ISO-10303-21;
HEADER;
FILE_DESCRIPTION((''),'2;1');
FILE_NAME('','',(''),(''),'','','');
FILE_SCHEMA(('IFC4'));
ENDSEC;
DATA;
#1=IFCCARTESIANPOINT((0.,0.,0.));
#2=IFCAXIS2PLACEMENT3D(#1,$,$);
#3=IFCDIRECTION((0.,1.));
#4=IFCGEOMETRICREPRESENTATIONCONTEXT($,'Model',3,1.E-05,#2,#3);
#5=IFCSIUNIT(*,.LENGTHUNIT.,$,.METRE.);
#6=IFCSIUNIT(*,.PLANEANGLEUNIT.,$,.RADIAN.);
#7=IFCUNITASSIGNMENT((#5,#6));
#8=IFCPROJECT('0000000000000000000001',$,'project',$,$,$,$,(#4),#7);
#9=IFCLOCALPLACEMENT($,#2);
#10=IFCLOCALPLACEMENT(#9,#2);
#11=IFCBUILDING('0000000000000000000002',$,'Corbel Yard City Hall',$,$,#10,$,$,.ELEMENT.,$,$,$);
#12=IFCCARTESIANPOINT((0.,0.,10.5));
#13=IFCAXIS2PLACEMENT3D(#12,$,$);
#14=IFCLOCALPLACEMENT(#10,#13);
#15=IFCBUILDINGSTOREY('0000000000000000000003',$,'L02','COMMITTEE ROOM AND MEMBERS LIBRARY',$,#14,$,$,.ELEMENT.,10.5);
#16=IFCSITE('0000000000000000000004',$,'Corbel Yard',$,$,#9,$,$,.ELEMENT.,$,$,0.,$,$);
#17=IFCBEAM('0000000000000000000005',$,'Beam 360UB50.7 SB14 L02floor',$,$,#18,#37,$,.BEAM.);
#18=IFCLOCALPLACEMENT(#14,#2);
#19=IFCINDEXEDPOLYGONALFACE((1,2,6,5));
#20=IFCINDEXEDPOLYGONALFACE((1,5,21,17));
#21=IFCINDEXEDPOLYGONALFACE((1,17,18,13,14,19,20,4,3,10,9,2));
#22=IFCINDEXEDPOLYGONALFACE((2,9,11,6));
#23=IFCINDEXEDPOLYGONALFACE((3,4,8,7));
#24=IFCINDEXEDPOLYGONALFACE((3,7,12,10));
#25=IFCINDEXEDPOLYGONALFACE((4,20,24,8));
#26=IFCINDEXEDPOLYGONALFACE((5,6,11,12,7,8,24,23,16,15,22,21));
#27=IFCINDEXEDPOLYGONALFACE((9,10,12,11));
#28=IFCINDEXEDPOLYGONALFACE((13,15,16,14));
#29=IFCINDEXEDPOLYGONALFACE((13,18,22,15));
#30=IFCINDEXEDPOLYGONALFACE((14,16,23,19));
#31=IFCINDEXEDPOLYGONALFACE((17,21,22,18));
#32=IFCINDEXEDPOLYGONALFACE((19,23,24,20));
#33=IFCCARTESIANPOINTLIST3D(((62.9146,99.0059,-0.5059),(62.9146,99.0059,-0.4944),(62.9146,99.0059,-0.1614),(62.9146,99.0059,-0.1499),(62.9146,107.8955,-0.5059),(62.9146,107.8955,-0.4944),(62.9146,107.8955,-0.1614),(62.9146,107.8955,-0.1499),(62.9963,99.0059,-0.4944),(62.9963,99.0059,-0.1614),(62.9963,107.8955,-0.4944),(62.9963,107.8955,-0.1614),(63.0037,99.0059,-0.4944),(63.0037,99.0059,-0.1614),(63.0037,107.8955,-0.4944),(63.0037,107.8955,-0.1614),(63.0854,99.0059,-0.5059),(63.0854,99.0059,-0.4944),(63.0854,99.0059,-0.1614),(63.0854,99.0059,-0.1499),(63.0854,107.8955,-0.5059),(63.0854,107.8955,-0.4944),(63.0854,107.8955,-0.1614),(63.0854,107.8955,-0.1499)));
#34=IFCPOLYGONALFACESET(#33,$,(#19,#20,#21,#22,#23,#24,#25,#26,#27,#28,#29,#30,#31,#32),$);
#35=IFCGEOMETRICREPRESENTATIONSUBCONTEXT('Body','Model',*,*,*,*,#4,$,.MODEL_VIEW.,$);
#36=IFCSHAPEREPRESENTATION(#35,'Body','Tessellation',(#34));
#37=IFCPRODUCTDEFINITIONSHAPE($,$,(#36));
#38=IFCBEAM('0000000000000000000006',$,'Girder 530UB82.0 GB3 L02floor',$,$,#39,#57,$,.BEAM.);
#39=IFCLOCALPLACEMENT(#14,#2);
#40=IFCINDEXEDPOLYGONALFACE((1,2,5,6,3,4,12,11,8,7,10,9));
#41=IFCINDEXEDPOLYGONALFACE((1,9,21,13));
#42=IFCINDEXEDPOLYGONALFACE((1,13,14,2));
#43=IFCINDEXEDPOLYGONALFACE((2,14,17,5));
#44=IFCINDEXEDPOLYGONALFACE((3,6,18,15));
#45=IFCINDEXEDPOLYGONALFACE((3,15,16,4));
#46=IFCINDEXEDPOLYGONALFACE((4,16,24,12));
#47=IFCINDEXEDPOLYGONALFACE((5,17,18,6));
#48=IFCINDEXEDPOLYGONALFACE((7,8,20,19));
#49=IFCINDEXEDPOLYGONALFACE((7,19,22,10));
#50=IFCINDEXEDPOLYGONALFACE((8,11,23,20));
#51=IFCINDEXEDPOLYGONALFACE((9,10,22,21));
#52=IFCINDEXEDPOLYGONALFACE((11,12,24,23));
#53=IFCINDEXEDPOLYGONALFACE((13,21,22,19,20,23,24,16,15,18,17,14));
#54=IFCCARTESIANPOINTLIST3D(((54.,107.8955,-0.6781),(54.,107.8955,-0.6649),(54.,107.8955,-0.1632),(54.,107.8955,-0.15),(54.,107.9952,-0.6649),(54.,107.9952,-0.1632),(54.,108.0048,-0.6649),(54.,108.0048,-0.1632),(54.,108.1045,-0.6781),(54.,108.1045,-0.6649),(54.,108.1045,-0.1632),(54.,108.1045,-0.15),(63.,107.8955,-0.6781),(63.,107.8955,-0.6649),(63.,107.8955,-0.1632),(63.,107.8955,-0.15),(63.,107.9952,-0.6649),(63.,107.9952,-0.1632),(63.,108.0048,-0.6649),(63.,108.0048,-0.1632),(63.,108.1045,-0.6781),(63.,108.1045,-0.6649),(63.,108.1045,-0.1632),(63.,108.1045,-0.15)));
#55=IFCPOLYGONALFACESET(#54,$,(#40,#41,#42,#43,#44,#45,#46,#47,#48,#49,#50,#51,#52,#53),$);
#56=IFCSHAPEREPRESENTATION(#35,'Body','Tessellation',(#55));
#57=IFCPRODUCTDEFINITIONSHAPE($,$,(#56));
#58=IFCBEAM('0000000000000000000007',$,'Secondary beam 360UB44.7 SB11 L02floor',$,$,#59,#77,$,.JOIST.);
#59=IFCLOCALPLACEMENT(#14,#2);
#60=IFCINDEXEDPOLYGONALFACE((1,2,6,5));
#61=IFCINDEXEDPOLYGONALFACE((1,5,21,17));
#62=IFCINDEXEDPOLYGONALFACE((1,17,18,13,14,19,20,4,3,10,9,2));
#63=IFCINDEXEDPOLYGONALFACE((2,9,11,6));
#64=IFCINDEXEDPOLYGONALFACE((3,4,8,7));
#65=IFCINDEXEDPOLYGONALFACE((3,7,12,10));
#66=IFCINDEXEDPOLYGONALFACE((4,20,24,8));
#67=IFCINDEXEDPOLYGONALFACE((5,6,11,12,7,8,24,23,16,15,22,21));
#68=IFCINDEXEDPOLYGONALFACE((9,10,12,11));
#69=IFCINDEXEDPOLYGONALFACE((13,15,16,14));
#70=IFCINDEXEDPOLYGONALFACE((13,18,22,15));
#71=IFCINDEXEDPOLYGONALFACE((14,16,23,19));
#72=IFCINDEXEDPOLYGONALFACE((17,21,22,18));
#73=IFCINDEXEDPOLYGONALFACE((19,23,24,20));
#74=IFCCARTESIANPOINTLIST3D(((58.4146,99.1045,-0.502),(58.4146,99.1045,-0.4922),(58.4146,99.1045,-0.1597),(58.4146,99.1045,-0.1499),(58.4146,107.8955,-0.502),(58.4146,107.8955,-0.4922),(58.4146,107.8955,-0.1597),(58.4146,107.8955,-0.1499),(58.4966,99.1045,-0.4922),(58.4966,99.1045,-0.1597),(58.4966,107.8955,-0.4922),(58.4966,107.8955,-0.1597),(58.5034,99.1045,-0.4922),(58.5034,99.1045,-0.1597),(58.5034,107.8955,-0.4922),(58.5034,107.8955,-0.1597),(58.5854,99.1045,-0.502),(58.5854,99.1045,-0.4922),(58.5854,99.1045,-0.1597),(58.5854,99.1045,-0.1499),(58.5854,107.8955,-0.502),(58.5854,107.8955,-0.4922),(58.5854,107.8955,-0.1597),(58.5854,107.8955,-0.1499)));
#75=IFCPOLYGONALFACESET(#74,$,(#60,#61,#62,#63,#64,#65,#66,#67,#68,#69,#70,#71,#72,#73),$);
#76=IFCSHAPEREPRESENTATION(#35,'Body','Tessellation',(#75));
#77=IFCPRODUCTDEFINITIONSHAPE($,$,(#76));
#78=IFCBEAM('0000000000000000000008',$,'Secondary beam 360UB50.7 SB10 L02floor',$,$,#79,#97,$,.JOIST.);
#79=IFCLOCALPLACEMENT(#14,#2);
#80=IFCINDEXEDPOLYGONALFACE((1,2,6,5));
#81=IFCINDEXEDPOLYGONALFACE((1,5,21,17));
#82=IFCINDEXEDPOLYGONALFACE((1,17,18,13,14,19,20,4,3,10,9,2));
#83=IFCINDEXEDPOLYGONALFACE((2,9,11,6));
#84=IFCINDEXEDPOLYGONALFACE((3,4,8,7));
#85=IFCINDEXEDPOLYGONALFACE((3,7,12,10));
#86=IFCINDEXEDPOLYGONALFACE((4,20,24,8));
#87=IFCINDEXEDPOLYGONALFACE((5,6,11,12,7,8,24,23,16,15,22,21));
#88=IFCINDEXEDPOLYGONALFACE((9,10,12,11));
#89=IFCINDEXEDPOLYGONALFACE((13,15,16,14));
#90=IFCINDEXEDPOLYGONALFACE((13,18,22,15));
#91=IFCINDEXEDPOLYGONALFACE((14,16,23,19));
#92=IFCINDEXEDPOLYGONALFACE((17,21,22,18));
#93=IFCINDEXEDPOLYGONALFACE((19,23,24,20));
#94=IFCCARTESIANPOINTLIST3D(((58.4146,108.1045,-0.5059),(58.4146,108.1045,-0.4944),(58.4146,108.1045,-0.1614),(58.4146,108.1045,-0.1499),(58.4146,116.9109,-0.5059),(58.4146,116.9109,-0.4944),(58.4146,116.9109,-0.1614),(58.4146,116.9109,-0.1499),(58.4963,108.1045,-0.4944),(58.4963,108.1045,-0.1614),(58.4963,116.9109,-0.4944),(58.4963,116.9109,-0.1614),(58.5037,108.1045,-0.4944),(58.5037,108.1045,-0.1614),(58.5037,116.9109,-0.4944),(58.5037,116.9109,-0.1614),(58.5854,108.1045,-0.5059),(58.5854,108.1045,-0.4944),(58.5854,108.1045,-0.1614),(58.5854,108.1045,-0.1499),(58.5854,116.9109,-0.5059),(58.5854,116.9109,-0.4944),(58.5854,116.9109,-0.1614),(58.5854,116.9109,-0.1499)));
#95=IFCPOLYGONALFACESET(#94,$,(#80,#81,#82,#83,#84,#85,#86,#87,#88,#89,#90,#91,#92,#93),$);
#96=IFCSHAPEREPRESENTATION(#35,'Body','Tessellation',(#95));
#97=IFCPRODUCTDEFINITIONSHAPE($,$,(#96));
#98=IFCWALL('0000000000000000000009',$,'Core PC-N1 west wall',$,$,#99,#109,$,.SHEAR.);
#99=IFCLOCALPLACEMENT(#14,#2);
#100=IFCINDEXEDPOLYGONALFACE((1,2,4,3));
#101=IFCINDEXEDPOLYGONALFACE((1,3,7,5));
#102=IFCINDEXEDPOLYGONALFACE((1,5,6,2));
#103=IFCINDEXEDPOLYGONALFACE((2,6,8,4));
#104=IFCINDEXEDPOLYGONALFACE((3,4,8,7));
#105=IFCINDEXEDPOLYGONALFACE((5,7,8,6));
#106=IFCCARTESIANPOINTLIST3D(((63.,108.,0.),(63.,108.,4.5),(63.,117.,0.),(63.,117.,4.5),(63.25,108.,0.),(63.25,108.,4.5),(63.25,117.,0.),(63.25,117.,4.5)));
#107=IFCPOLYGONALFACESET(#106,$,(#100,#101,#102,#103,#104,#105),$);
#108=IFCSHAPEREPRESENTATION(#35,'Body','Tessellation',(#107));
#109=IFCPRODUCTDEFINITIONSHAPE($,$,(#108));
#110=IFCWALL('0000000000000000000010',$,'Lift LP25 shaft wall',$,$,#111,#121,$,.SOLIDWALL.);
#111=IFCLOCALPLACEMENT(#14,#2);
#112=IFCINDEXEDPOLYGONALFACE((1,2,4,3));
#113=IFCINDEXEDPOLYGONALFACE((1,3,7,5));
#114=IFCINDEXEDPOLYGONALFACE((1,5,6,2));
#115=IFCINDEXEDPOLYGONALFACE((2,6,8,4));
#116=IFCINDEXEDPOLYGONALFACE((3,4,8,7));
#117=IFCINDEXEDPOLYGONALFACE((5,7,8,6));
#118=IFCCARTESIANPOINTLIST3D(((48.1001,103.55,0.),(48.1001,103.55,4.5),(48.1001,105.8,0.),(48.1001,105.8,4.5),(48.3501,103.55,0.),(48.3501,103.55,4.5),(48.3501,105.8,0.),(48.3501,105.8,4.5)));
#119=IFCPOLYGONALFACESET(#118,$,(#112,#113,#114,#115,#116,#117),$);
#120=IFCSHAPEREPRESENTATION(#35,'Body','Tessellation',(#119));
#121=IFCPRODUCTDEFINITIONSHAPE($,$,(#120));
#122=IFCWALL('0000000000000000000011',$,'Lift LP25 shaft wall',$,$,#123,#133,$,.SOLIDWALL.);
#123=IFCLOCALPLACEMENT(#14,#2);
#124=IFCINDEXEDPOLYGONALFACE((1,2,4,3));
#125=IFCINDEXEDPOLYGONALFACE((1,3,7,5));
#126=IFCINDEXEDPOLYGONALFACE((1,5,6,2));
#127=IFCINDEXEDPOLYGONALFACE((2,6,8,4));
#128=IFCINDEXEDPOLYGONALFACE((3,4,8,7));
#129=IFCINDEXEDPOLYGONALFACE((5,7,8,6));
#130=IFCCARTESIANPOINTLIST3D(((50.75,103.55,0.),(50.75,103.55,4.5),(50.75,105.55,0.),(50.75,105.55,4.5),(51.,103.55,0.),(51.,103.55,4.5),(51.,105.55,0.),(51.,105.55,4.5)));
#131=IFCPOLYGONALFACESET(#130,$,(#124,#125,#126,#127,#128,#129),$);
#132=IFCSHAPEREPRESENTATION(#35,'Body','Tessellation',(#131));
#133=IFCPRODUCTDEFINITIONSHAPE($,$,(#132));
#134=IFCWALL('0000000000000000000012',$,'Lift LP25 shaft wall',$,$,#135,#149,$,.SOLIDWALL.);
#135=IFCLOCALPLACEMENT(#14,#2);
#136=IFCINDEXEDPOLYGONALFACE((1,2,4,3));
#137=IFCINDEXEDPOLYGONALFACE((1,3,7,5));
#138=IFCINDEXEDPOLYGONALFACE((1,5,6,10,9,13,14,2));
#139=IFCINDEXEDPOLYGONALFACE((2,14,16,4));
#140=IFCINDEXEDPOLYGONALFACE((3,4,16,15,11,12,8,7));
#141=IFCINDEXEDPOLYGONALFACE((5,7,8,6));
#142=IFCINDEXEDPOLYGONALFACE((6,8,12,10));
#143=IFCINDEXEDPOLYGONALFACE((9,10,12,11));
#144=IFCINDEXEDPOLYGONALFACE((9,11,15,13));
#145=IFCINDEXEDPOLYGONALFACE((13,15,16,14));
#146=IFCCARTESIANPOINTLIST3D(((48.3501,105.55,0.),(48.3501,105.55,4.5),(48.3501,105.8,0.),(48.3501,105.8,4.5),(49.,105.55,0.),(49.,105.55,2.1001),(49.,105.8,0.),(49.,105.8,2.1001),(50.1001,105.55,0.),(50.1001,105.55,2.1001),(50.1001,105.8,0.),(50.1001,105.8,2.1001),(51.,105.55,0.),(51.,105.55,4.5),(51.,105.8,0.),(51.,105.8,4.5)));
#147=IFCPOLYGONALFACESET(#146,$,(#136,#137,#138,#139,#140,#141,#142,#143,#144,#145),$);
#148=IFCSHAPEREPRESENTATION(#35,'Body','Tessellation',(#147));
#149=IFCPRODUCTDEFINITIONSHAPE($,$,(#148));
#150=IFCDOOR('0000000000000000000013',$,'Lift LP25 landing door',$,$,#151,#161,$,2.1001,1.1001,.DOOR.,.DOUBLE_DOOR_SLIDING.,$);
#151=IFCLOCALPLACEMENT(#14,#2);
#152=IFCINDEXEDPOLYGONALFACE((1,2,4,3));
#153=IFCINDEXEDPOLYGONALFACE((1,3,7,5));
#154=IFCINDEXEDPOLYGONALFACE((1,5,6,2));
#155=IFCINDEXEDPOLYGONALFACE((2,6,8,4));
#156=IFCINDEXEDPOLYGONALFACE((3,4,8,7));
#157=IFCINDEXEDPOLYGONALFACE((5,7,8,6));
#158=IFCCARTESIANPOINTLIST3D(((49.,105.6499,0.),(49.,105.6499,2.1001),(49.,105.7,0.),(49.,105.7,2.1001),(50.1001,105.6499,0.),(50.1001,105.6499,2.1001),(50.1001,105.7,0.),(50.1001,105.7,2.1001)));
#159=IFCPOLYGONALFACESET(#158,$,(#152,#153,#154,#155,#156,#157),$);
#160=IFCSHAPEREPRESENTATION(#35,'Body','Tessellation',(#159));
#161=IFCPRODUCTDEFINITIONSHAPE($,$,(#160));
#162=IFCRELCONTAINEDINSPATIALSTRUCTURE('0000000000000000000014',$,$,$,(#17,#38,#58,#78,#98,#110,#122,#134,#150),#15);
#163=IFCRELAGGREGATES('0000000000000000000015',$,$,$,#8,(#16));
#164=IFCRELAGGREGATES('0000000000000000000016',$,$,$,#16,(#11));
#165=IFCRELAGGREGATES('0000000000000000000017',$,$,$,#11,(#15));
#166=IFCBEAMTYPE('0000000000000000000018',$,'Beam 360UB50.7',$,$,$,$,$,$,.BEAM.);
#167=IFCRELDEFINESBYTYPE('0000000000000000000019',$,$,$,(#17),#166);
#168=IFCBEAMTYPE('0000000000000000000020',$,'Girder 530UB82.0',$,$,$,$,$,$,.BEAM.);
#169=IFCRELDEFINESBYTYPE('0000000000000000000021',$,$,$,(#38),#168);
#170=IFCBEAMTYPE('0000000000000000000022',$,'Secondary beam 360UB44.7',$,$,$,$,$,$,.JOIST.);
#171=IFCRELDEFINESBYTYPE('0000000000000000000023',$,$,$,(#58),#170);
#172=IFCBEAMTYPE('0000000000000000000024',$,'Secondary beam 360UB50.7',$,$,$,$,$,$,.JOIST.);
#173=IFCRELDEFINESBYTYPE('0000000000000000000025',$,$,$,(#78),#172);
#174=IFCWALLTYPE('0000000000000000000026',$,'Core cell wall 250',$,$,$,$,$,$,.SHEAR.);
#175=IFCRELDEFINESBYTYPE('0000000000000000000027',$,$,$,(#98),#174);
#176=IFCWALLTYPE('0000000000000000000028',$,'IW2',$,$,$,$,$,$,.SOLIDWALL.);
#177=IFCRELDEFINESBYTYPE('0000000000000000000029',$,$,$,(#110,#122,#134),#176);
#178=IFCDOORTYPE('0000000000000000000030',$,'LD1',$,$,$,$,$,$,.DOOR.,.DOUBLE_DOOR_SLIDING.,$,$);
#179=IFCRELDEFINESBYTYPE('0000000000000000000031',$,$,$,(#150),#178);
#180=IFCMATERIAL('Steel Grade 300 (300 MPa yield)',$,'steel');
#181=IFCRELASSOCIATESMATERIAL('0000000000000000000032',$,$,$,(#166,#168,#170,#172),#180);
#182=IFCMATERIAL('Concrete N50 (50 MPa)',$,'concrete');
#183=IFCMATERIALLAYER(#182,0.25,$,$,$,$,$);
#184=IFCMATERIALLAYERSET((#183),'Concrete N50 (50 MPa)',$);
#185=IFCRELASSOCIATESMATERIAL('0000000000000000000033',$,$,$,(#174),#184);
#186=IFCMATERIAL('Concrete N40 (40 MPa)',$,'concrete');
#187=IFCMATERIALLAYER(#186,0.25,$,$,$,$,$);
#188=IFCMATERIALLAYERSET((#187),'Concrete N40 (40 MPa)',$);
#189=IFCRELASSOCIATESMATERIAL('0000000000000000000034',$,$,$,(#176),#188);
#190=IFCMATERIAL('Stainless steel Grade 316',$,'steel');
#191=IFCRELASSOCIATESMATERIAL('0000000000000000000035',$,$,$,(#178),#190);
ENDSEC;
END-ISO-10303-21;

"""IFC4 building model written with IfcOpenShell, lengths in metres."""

from ifc_helpers import new_model, si_unit, direction, frame, frame_2d, origin, origin_2d, place, context, subcontext, project, spatial, rectangle, i_section, extrude, material, layer, layer_set, material_profile, profile_set, type_object, element, fill, save


model = new_model("IFC4")

# Units and contexts
model_context = context("Model", 3, precision=1e-05, world=origin(), true_north=direction((0.0, 1.0)))
body_context = subcontext(model_context, "Body", "Model", "MODEL_VIEW")
ifc_project = project(units=[si_unit("LENGTHUNIT", "METRE"), si_unit("PLANEANGLEUNIT", "RADIAN")], contexts=[model_context])

# Site, building, storey
site_placement = place(None, origin())
site = spatial("IfcSite", under=ifc_project, at=site_placement, Name="Corbel Yard", CompositionType="ELEMENT", RefElevation=0.0)
building_placement = place(site_placement, origin())
building = spatial("IfcBuilding", under=site, at=building_placement, Name="Corbel Yard City Hall", CompositionType="ELEMENT")
storey_placement = place(building_placement, frame((0.0, 0.0, 10.5)))
storey = spatial("IfcBuildingStorey", under=building, at=storey_placement, Name="L02", Description="COMMITTEE ROOM AND MEMBERS LIBRARY", CompositionType="ELEMENT", Elevation=10.5)

# Beams
ifc_material_1 = material(Name="Steel Grade 300 (300 MPa yield)", Category="steel")
ifc_material_profile_1 = material_profile(ifc_material_1, i_section(OverallWidth=0.1709, OverallDepth=0.356, WebThickness=0.0073, FlangeThickness=0.0115, at=origin_2d()), Name="360UB50.7")
ifc_profile_set_1 = profile_set([ifc_material_profile_1], Name="Steel Grade 300 (300 MPa yield)")
beam_type_1 = type_object("IfcBeamType", Name="Beam 360UB50.7", PredefinedType="BEAM", material=ifc_profile_set_1)
beam_1_placement = place(storey_placement, frame((63.0, 99.0059, -0.3279), z_axis=(0.0, 1.0, 0.0), x_axis=(-1.0, 0.0, 0.0)))
element("IfcBeam", 1, at=beam_1_placement, inside=storey, type_object=beam_type_1, Name="Beam 360UB50.7 SB14 L02floor", PredefinedType="BEAM", context=body_context, shape_type="SweptSolid", body=[
    extrude(i_section(OverallWidth=0.1709, OverallDepth=0.356, WebThickness=0.0073, FlangeThickness=0.0115, at=origin_2d()), origin(), (0.0, 0.0, 1.0), 8.8896),
])
ifc_material_profile_2 = material_profile(ifc_material_1, i_section(OverallWidth=0.209, OverallDepth=0.5281, WebThickness=0.0095, FlangeThickness=0.0132, at=origin_2d()), Name="530UB82.0")
ifc_profile_set_2 = profile_set([ifc_material_profile_2], Name="Steel Grade 300 (300 MPa yield)")
beam_type_2 = type_object("IfcBeamType", Name="Girder 530UB82.0", PredefinedType="BEAM", material=ifc_profile_set_2)
beam_2_placement = place(storey_placement, frame((54.0, 108.0, -0.4141), z_axis=(1.0, 0.0, 0.0), x_axis=(0.0, 1.0, 0.0)))
element("IfcBeam", 2, at=beam_2_placement, inside=storey, type_object=beam_type_2, Name="Girder 530UB82.0 GB3 L02floor", PredefinedType="BEAM", context=body_context, shape_type="SweptSolid", body=[
    extrude(i_section(OverallWidth=0.209, OverallDepth=0.5281, WebThickness=0.0095, FlangeThickness=0.0132, at=origin_2d()), origin(), (0.0, 0.0, 1.0), 9.0),
])
ifc_material_profile_3 = material_profile(ifc_material_1, i_section(OverallWidth=0.1709, OverallDepth=0.3521, WebThickness=0.0068, FlangeThickness=0.0098, at=origin_2d()), Name="360UB44.7")
ifc_profile_set_3 = profile_set([ifc_material_profile_3], Name="Steel Grade 300 (300 MPa yield)")
beam_type_3 = type_object("IfcBeamType", Name="Secondary beam 360UB44.7", PredefinedType="JOIST", material=ifc_profile_set_3)
beam_3_placement = place(storey_placement, frame((58.5, 99.1045, -0.3259), z_axis=(0.0, 1.0, 0.0), x_axis=(-1.0, 0.0, 0.0)))
element("IfcBeam", 3, at=beam_3_placement, inside=storey, type_object=beam_type_3, Name="Secondary beam 360UB44.7 SB11 L02floor", PredefinedType="JOIST", context=body_context, shape_type="SweptSolid", body=[
    extrude(i_section(OverallWidth=0.1709, OverallDepth=0.3521, WebThickness=0.0068, FlangeThickness=0.0098, at=origin_2d()), origin(), (0.0, 0.0, 1.0), 8.791),
])
ifc_material_profile_4 = material_profile(ifc_material_1, i_section(OverallWidth=0.1709, OverallDepth=0.356, WebThickness=0.0073, FlangeThickness=0.0115, at=origin_2d()), Name="360UB50.7")
ifc_profile_set_4 = profile_set([ifc_material_profile_4], Name="Steel Grade 300 (300 MPa yield)")
beam_type_4 = type_object("IfcBeamType", Name="Secondary beam 360UB50.7", PredefinedType="JOIST", material=ifc_profile_set_4)
beam_4_placement = place(storey_placement, frame((58.5, 108.1045, -0.3279), z_axis=(0.0, 1.0, 0.0), x_axis=(-1.0, 0.0, 0.0)))
element("IfcBeam", 4, at=beam_4_placement, inside=storey, type_object=beam_type_4, Name="Secondary beam 360UB50.7 SB10 L02floor", PredefinedType="JOIST", context=body_context, shape_type="SweptSolid", body=[
    extrude(i_section(OverallWidth=0.1709, OverallDepth=0.356, WebThickness=0.0073, FlangeThickness=0.0115, at=origin_2d()), origin(), (0.0, 0.0, 1.0), 8.8064),
])

# Walls
ifc_material_2 = material(Name="Concrete N50 (50 MPa)", Category="concrete")
ifc_layer_1 = layer(ifc_material_2, 0.25)
ifc_layer_set_1 = layer_set([ifc_layer_1], Name="Concrete N50 (50 MPa)")
wall_type_1 = type_object("IfcWallType", Name="Core cell wall 250", PredefinedType="SHEAR", material=ifc_layer_set_1)
wall_1_placement = place(storey_placement, frame((63.125, 108.0, 0.0), z_axis=(0.0, 0.0, 1.0), x_axis=(0.0, 1.0, 0.0)))
element("IfcWall", 5, at=wall_1_placement, inside=storey, type_object=wall_type_1, Name="Core PC-N1 west wall", PredefinedType="SHEAR", context=body_context, shape_type="SweptSolid", body=[
    extrude(rectangle(XDim=9.0, YDim=0.25, at=frame_2d((4.5, 0.0))), origin(), (0.0, 0.0, 1.0), 4.5),
])
ifc_material_3 = material(Name="Concrete N40 (40 MPa)", Category="concrete")
ifc_layer_2 = layer(ifc_material_3, 0.25)
ifc_layer_set_2 = layer_set([ifc_layer_2], Name="Concrete N40 (40 MPa)")
wall_type_2 = type_object("IfcWallType", Name="IW2", PredefinedType="SOLIDWALL", material=ifc_layer_set_2)
wall_2_placement = place(storey_placement, frame((48.2251, 103.55, 0.0), z_axis=(0.0, 0.0, 1.0), x_axis=(0.0, 1.0, 0.0)))
element("IfcWall", 6, at=wall_2_placement, inside=storey, type_object=wall_type_2, Name="Lift LP25 shaft wall", PredefinedType="SOLIDWALL", context=body_context, shape_type="SweptSolid", body=[
    extrude(rectangle(XDim=2.25, YDim=0.25, at=frame_2d((1.125, 0.0))), origin(), (0.0, 0.0, 1.0), 4.5),
])
wall_3_placement = place(storey_placement, frame((50.875, 103.55, 0.0), z_axis=(0.0, 0.0, 1.0), x_axis=(0.0, 1.0, 0.0)))
element("IfcWall", 7, at=wall_3_placement, inside=storey, type_object=wall_type_2, Name="Lift LP25 shaft wall", PredefinedType="SOLIDWALL", context=body_context, shape_type="SweptSolid", body=[
    extrude(rectangle(XDim=2.0, YDim=0.25, at=frame_2d((1.0, 0.0))), origin(), (0.0, 0.0, 1.0), 4.5),
])

# Wall, opening, door
wall_4_placement = place(storey_placement, frame((48.3501, 105.675, 0.0), z_axis=(0.0, 0.0, 1.0), x_axis=(1.0, 0.0, 0.0)))
wall_4 = element("IfcWall", 8, at=wall_4_placement, inside=storey, type_object=wall_type_2, Name="Lift LP25 shaft wall", PredefinedType="SOLIDWALL", context=body_context, shape_type="SweptSolid", body=[
    extrude(rectangle(XDim=2.6499, YDim=0.25, at=frame_2d((1.325, 0.0))), origin(), (0.0, 0.0, 1.0), 4.5),
])
opening_1_placement = place(wall_4_placement, frame((0.6499, 0.0, 0.0)))
opening_1 = element("IfcOpeningElement", 9, at=opening_1_placement, cuts=wall_4, PredefinedType="OPENING", context=body_context, shape_type="SweptSolid", body=[
    extrude(rectangle(XDim=1.1001, YDim=2.1001, at=frame_2d((0.55, 1.05))), frame((0.0, 0.135, 0.0), z_axis=(0.0, -1.0, 0.0), x_axis=(1.0, 0.0, 0.0)), (0.0, 0.0, 1.0), 0.27),
])
ifc_material_4 = material(Name="Stainless steel Grade 316", Category="steel")
door_type_1 = type_object("IfcDoorType", Name="LD1", OperationType="DOUBLE_DOOR_SLIDING", PredefinedType="DOOR", material=ifc_material_4)
door_1_placement = place(opening_1_placement, origin())
door_1 = element("IfcDoor", 10, at=door_1_placement, inside=storey, type_object=door_type_1, Name="Lift LP25 landing door", OperationType="DOUBLE_DOOR_SLIDING", OverallHeight=2.1001, OverallWidth=1.1001, PredefinedType="DOOR", context=body_context, shape_type="SweptSolid", body=[
    extrude(rectangle(XDim=1.1001, YDim=2.1001, at=frame_2d((0.55, 1.05))), frame((0.0, 0.0249, 0.0), z_axis=(0.0, -1.0, 0.0), x_axis=(1.0, 0.0, 0.0)), (0.0, 0.0, 1.0), 0.05),
])
fill(opening_1, door_1)

save(model, "model.ifc")
